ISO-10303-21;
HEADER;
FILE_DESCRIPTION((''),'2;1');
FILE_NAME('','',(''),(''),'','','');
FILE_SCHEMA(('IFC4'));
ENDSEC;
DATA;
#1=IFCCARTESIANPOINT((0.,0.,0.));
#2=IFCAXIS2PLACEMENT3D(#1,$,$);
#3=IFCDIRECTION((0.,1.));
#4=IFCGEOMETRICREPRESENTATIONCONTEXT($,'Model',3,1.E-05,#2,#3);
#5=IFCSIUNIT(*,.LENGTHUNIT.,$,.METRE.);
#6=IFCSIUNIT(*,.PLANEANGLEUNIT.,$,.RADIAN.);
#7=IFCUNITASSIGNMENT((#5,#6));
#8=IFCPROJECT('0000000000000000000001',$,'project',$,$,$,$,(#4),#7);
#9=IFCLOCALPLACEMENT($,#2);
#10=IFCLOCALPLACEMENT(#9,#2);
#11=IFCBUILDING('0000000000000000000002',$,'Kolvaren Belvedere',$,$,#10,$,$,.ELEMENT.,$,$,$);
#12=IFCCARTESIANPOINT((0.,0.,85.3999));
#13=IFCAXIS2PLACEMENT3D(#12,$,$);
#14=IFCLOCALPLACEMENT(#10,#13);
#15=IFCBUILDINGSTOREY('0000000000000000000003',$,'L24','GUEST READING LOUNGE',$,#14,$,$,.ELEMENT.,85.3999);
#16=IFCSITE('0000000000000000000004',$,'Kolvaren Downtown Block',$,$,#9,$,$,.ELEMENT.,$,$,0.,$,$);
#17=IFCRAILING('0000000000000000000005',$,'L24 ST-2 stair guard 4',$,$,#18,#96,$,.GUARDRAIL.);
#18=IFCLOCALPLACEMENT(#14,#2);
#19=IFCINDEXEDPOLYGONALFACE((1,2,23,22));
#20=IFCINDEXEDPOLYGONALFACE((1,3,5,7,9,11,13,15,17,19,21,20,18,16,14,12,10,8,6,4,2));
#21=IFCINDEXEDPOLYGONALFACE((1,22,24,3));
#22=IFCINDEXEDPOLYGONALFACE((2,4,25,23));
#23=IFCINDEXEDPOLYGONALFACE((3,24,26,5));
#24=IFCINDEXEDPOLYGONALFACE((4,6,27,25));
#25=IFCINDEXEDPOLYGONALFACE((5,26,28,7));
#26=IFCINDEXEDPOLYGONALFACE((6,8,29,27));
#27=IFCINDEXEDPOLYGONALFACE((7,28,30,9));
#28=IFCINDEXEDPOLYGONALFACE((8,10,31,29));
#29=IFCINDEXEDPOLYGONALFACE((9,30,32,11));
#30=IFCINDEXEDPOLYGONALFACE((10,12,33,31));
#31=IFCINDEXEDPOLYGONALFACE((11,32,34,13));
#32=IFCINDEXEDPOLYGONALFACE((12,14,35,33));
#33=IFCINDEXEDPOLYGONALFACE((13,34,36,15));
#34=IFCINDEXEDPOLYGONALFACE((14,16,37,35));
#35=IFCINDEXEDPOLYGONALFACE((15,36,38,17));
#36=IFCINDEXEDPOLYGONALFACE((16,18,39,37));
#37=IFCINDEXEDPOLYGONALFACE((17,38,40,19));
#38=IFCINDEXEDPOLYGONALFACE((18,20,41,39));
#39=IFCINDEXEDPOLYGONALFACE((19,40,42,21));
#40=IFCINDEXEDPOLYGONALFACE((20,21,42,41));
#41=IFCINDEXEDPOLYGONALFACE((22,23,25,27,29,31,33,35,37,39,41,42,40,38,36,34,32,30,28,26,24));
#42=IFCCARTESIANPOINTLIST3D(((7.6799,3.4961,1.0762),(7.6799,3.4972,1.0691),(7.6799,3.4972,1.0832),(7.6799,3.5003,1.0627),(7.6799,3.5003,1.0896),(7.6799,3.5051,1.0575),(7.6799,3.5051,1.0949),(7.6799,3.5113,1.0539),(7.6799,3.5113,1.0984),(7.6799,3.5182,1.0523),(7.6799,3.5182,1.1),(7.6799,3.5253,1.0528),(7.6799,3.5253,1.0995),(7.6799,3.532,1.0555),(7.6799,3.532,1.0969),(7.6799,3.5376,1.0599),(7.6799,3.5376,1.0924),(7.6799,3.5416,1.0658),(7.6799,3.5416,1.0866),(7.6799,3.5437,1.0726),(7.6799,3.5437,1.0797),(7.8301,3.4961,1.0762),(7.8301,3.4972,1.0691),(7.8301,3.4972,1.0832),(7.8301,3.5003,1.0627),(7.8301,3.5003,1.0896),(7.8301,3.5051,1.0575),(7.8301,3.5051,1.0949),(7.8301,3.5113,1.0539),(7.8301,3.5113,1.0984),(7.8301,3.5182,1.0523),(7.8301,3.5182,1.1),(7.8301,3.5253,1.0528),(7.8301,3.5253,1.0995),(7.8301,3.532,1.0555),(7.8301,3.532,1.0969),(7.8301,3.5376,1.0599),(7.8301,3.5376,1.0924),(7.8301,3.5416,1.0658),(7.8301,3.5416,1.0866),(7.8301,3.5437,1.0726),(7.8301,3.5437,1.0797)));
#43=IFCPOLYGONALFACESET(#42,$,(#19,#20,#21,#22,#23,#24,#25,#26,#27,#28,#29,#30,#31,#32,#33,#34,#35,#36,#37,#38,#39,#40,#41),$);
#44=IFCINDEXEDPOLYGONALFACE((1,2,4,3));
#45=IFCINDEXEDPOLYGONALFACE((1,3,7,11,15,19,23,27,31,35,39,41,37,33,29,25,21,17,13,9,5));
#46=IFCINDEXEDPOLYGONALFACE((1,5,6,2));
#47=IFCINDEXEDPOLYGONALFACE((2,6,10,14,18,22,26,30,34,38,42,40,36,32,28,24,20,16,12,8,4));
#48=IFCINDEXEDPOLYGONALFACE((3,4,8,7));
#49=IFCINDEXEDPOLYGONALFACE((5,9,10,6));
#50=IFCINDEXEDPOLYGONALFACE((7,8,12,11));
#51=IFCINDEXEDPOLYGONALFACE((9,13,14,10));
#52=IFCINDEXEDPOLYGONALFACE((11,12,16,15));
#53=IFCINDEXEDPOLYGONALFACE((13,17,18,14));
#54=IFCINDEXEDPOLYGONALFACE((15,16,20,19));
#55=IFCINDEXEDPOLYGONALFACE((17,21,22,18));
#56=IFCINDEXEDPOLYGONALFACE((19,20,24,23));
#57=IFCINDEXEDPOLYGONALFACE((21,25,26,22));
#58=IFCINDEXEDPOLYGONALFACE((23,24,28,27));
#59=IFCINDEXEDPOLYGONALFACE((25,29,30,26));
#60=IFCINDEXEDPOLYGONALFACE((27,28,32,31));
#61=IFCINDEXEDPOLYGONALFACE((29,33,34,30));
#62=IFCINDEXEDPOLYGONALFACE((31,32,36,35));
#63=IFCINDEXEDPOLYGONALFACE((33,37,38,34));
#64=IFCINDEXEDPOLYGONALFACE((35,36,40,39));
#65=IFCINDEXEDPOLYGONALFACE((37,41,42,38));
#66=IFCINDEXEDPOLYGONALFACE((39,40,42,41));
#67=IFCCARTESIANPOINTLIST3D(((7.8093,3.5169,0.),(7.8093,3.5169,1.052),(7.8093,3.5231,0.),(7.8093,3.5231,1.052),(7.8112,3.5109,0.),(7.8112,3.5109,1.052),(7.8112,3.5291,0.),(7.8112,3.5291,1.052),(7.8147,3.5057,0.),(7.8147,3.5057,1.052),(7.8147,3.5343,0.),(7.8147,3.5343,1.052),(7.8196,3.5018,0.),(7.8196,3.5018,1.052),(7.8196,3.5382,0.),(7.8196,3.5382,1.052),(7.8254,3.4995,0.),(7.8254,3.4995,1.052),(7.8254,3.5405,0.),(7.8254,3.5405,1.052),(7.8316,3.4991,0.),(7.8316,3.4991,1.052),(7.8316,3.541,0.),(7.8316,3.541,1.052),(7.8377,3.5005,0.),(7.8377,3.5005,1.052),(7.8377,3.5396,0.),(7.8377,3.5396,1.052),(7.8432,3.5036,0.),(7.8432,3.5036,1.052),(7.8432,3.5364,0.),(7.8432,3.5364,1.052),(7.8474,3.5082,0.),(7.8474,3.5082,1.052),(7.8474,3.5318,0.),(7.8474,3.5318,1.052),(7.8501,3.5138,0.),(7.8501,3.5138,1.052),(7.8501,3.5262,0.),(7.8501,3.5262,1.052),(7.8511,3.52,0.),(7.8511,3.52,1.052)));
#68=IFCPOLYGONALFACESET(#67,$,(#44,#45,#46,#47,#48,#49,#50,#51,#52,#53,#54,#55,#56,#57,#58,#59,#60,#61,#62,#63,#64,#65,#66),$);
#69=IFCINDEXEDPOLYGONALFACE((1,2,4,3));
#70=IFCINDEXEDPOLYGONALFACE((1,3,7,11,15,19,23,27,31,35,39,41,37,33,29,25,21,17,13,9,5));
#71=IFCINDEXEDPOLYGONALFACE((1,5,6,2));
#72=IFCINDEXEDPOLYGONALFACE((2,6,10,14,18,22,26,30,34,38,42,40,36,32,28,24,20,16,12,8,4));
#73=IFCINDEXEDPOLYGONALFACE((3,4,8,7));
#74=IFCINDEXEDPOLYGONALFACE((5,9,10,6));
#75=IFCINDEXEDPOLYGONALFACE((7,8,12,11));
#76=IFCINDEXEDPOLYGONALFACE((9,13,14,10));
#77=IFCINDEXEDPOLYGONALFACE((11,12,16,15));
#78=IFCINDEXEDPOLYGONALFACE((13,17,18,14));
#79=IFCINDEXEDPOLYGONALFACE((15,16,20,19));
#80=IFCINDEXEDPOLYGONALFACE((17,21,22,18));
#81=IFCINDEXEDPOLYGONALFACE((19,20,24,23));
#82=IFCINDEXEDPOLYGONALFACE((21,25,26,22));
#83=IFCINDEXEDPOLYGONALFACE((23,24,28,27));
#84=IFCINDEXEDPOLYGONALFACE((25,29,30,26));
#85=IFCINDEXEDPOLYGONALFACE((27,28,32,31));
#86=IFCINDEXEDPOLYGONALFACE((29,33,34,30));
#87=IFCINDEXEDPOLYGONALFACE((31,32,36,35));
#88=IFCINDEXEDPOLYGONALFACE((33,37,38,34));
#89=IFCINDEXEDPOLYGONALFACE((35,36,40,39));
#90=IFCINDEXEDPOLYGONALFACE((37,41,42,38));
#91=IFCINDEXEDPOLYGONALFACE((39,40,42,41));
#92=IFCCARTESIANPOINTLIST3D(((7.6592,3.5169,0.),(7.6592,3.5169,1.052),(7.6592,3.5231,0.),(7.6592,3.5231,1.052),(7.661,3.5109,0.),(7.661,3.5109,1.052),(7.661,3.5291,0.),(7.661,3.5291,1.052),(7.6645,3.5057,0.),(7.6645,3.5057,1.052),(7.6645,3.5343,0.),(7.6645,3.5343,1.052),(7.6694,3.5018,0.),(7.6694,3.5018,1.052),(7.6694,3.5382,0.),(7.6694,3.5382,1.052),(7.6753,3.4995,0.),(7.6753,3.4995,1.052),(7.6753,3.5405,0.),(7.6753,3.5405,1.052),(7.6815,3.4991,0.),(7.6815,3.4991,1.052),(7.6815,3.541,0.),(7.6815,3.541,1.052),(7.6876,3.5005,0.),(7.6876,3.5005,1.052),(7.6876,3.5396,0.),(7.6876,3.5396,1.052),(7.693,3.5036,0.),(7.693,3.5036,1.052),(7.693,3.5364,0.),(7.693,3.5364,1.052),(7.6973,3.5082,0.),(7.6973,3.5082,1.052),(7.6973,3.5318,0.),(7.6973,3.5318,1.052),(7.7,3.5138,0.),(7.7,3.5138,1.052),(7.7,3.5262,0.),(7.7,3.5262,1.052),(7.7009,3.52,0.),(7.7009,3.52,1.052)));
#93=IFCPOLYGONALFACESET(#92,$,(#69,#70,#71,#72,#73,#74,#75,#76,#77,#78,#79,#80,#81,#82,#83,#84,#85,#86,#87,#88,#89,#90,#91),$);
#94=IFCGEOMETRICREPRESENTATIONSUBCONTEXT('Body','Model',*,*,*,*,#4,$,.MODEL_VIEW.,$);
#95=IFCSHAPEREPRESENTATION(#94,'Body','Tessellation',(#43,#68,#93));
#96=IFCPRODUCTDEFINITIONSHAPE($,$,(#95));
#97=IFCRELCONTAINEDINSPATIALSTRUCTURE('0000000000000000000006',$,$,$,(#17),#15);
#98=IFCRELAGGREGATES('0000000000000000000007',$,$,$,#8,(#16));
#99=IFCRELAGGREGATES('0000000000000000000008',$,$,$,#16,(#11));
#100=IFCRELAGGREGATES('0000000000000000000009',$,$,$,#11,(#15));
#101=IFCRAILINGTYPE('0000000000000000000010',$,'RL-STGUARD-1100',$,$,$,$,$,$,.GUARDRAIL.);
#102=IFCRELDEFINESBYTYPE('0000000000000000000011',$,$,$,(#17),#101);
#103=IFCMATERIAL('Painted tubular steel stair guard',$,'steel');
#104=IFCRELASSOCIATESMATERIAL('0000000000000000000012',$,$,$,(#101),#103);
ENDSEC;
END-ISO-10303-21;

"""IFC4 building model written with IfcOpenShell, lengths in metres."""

from ifc_helpers import new_model, si_unit, direction, frame, origin, origin_2d, place, context, subcontext, project, spatial, circle, extrude, material, type_object, element, save


model = new_model("IFC4")

# Units and contexts
model_context = context("Model", 3, precision=1e-05, world=origin(), true_north=direction((0.0, 1.0)))
body_context = subcontext(model_context, "Body", "Model", "MODEL_VIEW")
ifc_project = project(units=[si_unit("LENGTHUNIT", "METRE"), si_unit("PLANEANGLEUNIT", "RADIAN")], contexts=[model_context])

# Site, building, storey
site_placement = place(None, origin())
site = spatial("IfcSite", under=ifc_project, at=site_placement, Name="Kolvaren Downtown Block", CompositionType="ELEMENT", RefElevation=0.0)
building_placement = place(site_placement, origin())
building = spatial("IfcBuilding", under=site, at=building_placement, Name="Kolvaren Belvedere", CompositionType="ELEMENT")
storey_placement = place(building_placement, frame((0.0, 0.0, 85.3999)))
storey = spatial("IfcBuildingStorey", under=building, at=storey_placement, Name="L24", Description="GUEST READING LOUNGE", CompositionType="ELEMENT", Elevation=85.3999)

# Railing
ifc_material_1 = material(Name="Painted tubular steel stair guard", Category="steel")
railing_type_1 = type_object("IfcRailingType", Name="RL-STGUARD-1100", PredefinedType="GUARDRAIL", material=ifc_material_1)
railing_1_placement = place(storey_placement, frame((7.8301, 3.52, 0.0)))
element("IfcRailing", 1, at=railing_1_placement, inside=storey, type_object=railing_type_1, Name="L24 ST-2 stair guard 4", PredefinedType="GUARDRAIL", context=body_context, shape_type="SweptSolid", body=[
    extrude(circle(Radius=0.0239, at=origin_2d()), frame((0.0, 0.0, 1.0762), z_axis=(-1.0, 0.0, 0.0), x_axis=(0.0, -1.0, 0.0)), (0.0, 0.0, 1.0), 0.1501),
    extrude(circle(Radius=0.021, at=origin_2d()), origin(), (0.0, 0.0, 1.0), 1.052),
    extrude(circle(Radius=0.021, at=origin_2d()), frame((-0.1501, 0.0, 0.0)), (0.0, 0.0, 1.0), 1.052),
])

save(model, "model.ifc")
